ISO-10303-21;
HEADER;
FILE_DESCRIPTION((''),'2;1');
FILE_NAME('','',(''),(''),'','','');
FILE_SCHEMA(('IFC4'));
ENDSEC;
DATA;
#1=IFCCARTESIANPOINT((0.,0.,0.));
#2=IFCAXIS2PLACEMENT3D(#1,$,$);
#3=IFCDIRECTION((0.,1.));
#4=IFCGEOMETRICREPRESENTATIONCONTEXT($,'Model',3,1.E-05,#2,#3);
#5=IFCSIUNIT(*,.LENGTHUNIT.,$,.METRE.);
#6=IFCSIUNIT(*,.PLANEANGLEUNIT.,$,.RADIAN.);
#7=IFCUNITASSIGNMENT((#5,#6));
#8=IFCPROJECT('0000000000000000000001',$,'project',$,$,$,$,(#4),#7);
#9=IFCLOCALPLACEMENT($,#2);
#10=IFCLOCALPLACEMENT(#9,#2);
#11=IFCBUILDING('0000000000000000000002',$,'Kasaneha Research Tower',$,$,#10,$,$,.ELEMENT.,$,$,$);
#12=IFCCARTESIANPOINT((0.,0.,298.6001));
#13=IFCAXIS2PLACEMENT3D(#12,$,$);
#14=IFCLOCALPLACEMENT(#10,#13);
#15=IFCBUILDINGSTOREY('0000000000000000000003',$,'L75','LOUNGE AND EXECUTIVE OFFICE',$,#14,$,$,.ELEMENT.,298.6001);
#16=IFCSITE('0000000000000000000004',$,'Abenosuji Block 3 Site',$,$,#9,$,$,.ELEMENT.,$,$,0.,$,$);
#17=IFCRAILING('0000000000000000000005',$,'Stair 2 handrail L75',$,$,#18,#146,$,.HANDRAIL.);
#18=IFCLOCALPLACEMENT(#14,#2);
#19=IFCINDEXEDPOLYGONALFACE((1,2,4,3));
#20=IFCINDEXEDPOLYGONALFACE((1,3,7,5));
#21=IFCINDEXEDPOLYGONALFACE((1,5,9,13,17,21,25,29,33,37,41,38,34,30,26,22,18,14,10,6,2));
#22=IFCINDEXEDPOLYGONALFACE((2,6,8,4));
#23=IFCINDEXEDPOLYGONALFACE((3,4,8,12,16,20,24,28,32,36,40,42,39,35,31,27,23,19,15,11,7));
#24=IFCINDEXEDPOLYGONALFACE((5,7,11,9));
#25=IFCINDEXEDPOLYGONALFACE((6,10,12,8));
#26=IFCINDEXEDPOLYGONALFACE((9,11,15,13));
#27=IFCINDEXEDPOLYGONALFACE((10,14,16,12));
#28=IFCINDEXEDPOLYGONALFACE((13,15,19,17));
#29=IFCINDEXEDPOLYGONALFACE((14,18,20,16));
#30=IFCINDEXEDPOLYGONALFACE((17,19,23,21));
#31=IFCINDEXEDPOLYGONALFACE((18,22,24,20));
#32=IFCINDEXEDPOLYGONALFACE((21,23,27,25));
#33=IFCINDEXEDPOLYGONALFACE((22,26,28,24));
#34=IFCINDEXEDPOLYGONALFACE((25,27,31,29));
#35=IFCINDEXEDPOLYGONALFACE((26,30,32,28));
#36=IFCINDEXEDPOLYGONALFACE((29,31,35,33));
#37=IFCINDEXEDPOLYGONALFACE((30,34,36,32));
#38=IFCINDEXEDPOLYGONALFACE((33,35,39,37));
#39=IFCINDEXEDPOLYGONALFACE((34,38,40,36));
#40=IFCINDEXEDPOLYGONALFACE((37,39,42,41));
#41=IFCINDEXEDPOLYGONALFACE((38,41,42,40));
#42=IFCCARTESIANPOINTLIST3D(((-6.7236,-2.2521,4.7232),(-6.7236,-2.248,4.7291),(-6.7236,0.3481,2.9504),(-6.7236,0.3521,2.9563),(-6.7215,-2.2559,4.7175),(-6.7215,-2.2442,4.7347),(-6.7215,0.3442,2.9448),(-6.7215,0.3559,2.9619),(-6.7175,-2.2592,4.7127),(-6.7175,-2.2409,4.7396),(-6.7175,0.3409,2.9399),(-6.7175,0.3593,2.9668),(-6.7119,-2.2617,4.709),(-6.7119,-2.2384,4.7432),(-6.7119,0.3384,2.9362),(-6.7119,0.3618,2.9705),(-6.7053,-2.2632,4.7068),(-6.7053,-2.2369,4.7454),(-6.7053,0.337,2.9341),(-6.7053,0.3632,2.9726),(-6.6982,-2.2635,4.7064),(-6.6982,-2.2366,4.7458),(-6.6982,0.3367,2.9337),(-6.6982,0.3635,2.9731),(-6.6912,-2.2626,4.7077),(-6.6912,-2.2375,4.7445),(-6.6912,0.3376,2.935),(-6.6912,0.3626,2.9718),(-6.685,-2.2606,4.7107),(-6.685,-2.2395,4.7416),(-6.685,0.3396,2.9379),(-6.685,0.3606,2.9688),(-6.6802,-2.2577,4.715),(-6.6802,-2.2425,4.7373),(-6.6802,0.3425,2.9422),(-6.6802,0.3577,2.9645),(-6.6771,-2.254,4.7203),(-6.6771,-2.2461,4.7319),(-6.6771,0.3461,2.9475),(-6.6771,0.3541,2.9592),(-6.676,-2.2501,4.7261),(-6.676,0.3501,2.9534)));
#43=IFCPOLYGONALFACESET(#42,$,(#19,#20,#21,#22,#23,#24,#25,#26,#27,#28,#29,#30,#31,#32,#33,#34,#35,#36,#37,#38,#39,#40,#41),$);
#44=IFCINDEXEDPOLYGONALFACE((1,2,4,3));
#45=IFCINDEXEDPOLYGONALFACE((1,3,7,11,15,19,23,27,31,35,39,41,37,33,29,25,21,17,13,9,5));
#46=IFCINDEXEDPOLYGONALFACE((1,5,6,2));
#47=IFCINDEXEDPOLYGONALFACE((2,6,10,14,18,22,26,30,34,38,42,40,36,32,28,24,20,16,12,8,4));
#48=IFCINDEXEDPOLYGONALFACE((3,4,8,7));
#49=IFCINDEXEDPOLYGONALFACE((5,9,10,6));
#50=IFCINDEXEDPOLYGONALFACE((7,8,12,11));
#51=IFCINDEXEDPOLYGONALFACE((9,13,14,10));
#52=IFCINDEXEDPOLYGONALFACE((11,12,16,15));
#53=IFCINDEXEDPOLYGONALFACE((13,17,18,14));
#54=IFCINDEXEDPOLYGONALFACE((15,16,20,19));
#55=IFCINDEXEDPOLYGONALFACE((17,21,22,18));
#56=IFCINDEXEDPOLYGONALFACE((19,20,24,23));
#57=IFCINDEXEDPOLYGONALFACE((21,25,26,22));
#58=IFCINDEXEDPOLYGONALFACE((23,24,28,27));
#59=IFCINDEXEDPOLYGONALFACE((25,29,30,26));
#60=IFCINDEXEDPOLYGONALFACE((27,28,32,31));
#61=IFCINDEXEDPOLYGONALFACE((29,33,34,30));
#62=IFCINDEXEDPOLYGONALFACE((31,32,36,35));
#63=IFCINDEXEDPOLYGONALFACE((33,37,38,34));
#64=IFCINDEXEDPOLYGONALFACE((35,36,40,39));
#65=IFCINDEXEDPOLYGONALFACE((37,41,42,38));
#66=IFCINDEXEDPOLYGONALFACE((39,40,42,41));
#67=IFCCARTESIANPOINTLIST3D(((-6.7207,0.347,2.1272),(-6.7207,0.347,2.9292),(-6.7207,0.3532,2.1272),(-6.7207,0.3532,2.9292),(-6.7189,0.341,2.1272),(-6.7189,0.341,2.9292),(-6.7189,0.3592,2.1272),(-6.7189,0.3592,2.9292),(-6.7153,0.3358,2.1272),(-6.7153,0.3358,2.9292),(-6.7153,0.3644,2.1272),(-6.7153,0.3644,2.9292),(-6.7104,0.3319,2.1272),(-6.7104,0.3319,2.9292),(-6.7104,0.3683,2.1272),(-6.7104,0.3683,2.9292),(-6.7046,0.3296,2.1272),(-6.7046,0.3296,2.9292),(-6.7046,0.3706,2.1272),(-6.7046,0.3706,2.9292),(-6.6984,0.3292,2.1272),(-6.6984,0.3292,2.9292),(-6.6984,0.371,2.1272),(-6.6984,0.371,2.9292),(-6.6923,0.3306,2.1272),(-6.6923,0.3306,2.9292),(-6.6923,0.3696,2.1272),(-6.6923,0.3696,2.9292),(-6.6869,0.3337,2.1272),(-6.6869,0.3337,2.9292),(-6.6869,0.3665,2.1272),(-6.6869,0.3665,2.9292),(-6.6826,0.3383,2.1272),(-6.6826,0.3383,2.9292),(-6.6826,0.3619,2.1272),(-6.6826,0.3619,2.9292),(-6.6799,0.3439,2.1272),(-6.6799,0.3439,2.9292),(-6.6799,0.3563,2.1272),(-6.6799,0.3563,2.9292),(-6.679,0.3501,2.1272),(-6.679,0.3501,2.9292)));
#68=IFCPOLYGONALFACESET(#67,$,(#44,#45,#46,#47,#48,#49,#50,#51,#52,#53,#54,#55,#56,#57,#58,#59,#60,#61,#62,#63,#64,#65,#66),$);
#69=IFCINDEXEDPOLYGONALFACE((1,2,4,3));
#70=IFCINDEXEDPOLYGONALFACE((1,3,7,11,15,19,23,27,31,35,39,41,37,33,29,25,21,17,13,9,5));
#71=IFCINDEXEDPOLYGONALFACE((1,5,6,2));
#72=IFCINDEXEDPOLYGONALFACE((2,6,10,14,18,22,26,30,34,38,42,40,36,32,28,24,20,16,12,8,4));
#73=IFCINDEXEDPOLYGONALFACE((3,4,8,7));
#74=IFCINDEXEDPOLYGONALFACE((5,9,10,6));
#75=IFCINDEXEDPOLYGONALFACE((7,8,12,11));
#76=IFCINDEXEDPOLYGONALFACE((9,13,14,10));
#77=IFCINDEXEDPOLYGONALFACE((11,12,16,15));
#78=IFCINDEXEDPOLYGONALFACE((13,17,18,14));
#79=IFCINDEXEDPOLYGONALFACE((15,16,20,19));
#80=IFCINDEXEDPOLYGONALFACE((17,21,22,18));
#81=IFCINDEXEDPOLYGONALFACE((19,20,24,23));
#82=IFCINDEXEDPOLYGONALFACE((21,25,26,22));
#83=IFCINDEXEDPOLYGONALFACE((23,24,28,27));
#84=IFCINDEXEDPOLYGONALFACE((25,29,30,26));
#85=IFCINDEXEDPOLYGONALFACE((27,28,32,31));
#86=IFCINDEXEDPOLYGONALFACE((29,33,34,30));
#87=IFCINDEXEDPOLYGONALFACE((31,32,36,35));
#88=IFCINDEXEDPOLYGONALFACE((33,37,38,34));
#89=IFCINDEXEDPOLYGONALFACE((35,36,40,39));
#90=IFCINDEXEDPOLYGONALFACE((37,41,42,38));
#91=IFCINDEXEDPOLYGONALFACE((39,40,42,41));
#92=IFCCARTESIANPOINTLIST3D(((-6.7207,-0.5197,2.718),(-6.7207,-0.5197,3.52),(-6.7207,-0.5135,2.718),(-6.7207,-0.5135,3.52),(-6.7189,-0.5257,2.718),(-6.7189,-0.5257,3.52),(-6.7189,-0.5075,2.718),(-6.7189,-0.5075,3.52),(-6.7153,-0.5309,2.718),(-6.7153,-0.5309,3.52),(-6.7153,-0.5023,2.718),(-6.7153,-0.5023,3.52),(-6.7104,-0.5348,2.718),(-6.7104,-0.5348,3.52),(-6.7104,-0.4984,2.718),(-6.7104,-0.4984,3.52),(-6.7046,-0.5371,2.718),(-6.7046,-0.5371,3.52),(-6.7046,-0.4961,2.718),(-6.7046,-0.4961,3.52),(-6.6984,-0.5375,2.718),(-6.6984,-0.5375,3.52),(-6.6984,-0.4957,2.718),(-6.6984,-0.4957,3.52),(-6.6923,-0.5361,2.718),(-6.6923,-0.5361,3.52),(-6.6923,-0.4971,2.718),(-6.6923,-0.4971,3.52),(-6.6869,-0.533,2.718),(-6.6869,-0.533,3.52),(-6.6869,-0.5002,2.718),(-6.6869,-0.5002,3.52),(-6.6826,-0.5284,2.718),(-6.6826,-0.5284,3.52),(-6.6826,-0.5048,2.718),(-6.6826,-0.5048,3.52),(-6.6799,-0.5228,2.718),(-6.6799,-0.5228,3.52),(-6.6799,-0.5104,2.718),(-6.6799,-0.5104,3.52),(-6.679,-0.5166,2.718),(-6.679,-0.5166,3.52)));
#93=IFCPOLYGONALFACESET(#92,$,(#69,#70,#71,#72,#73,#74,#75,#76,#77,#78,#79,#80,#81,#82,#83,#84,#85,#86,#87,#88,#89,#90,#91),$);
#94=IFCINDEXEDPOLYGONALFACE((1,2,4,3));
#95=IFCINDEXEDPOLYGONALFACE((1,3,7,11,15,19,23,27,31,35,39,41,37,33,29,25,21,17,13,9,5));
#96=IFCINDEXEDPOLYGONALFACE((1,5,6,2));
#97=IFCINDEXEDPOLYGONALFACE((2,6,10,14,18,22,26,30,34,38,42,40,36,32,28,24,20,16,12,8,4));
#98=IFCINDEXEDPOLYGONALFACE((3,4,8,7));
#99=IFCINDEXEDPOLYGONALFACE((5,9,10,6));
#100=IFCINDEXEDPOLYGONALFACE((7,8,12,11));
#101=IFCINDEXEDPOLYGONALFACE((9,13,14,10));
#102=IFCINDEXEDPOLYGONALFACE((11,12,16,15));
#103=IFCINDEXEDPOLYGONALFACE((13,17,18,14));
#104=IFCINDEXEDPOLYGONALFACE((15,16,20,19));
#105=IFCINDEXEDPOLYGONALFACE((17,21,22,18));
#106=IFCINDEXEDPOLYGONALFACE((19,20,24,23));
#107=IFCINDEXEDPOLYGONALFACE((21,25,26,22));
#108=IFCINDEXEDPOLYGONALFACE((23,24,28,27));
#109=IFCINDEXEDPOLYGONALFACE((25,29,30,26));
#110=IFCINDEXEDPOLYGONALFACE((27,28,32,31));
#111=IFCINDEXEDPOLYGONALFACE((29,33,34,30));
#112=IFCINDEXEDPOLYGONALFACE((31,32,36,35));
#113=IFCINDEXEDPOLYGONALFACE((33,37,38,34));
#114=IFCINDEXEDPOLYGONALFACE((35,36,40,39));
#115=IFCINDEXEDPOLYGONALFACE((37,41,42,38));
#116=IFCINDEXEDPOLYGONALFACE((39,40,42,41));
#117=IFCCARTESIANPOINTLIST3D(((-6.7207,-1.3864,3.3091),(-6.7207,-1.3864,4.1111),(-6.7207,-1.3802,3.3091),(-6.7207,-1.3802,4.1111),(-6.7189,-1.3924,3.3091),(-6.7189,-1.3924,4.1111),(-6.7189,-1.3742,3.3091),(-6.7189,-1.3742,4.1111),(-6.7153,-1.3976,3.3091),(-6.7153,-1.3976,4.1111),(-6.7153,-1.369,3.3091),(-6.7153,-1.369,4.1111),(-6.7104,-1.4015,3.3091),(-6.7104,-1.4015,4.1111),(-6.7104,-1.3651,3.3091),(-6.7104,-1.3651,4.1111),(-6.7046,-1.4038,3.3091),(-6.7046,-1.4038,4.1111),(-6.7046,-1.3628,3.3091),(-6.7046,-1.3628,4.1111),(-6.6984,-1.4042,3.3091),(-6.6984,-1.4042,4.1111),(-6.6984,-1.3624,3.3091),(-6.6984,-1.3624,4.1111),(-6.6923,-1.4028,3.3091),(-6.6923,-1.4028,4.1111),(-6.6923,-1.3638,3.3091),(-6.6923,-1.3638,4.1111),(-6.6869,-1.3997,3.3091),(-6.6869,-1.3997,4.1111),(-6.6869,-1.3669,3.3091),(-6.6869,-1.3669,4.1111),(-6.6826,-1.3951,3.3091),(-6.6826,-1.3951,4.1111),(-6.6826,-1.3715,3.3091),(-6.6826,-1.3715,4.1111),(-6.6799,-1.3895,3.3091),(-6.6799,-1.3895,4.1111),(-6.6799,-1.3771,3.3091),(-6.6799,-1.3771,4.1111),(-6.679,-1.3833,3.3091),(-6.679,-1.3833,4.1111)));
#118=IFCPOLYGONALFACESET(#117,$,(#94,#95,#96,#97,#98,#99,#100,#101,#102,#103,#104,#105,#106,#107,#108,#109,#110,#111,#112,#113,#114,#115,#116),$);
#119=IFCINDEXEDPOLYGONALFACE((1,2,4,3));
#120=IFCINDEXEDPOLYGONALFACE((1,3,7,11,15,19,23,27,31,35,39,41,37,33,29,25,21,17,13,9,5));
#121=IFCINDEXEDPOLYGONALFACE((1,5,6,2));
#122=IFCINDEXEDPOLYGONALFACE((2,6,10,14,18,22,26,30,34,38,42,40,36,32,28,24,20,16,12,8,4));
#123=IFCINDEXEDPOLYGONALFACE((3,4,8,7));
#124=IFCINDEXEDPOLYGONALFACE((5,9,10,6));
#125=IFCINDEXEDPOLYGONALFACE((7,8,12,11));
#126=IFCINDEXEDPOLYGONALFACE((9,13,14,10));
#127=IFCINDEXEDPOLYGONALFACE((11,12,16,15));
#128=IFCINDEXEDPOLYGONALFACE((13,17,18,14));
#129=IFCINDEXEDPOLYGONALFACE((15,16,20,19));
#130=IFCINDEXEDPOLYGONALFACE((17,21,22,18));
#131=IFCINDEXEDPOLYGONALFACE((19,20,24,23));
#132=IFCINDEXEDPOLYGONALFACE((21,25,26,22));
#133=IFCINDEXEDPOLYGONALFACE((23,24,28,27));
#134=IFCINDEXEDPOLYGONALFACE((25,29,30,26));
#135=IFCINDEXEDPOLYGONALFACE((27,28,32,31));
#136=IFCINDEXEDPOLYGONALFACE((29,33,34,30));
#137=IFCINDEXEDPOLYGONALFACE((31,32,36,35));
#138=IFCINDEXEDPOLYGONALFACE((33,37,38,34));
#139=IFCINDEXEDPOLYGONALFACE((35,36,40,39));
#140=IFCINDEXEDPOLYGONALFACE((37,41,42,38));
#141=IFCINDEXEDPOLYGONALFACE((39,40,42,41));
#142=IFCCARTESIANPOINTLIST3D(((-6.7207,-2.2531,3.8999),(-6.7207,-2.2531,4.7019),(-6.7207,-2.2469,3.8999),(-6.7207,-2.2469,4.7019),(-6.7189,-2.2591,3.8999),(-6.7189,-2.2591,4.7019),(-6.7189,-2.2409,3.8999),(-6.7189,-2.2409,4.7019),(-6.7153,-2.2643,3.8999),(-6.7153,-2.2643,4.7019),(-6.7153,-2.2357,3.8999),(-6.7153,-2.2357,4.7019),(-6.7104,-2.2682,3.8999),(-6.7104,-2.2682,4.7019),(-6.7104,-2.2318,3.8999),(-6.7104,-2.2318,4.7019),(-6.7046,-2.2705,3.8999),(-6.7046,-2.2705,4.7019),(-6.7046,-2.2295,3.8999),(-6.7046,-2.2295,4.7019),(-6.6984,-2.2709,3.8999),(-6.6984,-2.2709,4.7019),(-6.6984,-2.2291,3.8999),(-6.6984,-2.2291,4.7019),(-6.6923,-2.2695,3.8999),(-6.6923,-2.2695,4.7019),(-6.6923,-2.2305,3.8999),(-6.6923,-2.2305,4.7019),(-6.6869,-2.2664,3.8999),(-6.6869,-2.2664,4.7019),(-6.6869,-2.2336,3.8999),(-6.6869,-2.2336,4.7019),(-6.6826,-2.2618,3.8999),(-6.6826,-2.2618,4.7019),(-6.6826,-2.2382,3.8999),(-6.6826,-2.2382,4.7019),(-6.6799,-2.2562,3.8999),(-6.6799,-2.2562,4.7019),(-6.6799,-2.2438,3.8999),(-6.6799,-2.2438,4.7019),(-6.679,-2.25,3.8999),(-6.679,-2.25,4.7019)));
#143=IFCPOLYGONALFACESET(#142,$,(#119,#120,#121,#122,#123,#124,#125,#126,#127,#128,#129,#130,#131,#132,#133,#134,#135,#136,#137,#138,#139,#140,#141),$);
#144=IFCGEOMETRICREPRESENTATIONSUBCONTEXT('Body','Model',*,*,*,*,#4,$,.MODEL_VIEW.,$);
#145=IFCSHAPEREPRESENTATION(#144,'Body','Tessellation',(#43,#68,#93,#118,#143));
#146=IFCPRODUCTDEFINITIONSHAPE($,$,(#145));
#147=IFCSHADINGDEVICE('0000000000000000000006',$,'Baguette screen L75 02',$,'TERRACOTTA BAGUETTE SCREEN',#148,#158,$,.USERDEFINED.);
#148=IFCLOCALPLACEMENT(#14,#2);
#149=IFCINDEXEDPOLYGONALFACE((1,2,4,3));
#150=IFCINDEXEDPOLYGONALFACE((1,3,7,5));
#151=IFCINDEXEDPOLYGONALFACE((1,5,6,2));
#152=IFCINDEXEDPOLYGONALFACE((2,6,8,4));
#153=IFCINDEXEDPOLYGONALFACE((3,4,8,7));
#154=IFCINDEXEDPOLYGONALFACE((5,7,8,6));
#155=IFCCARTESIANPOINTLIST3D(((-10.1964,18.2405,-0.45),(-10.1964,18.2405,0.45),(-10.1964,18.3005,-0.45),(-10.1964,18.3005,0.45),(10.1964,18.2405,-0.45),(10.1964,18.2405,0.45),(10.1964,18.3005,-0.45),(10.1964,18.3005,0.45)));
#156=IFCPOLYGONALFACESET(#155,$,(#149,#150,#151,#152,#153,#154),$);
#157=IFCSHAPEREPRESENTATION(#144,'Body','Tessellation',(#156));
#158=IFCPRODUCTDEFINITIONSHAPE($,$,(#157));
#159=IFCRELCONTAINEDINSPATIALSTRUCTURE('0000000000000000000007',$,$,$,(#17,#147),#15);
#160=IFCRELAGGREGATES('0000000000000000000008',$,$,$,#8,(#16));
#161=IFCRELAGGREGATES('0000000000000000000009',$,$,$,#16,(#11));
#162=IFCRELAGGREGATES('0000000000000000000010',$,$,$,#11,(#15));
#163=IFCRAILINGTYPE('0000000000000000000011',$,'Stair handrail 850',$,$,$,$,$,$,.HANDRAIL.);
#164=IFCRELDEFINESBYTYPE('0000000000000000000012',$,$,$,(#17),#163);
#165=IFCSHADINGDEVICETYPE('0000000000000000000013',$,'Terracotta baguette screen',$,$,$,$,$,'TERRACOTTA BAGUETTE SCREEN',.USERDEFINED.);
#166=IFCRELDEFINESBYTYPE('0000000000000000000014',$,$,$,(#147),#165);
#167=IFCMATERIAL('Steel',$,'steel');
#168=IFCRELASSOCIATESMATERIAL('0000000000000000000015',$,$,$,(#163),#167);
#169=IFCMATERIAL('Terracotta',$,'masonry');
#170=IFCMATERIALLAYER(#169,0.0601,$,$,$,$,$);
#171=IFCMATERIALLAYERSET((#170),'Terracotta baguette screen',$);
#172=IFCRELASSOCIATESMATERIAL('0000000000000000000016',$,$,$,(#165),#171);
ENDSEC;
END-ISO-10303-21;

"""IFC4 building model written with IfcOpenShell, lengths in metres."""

from ifc_helpers import new_model, si_unit, direction, frame, origin, origin_2d, place, context, subcontext, project, spatial, rectangle, circle, extrude, material, layer, layer_set, type_object, element, save


model = new_model("IFC4")

# Units and contexts
model_context = context("Model", 3, precision=1e-05, world=origin(), true_north=direction((0.0, 1.0)))
body_context = subcontext(model_context, "Body", "Model", "MODEL_VIEW")
ifc_project = project(units=[si_unit("LENGTHUNIT", "METRE"), si_unit("PLANEANGLEUNIT", "RADIAN")], contexts=[model_context])

# Site, building, storey
site_placement = place(None, origin())
site = spatial("IfcSite", under=ifc_project, at=site_placement, Name="Abenosuji Block 3 Site", CompositionType="ELEMENT", RefElevation=0.0)
building_placement = place(site_placement, origin())
building = spatial("IfcBuilding", under=site, at=building_placement, Name="Kasaneha Research Tower", CompositionType="ELEMENT")
storey_placement = place(building_placement, frame((0.0, 0.0, 298.6001)))
storey = spatial("IfcBuildingStorey", under=building, at=storey_placement, Name="L75", Description="LOUNGE AND EXECUTIVE OFFICE", CompositionType="ELEMENT", Elevation=298.6001)

# Railing
ifc_material_1 = material(Name="Steel", Category="steel")
railing_type = type_object("IfcRailingType", Name="Stair handrail 850", PredefinedType="HANDRAIL", material=ifc_material_1)
railing_placement = place(storey_placement, frame((-6.7, 0.3501, 2.1272)))
element("IfcRailing", 1, at=railing_placement, inside=storey, type_object=railing_type, Name="Stair 2 handrail L75", PredefinedType="HANDRAIL", context=body_context, shape_type="SweptSolid", body=[
    extrude(circle(Radius=0.0239, at=origin_2d()), frame((0.0, 0.0, 0.8262), z_axis=(0.0, -0.82624, 0.563318), x_axis=(1.0, 0.0, 0.0)), (0.0, 0.0, 1.0), 3.147),
    extrude(circle(Radius=0.021, at=origin_2d()), origin(), (0.0, 0.0, 1.0), 0.802),
    extrude(circle(Radius=0.021, at=origin_2d()), frame((0.0, -0.8667, 0.5908)), (0.0, 0.0, 1.0), 0.802),
    extrude(circle(Radius=0.021, at=origin_2d()), frame((0.0, -1.7334, 1.1819)), (0.0, 0.0, 1.0), 0.802),
    extrude(circle(Radius=0.021, at=origin_2d()), frame((0.0, -2.6001, 1.7727)), (0.0, 0.0, 1.0), 0.802),
])

# Shading device
ifc_material_2 = material(Name="Terracotta", Category="masonry")
ifc_layer_1 = layer(ifc_material_2, 0.0601)
ifc_layer_set_1 = layer_set([ifc_layer_1], Name="Terracotta baguette screen")
shading_device_type = type_object("IfcShadingDeviceType", Name="Terracotta baguette screen", ElementType="TERRACOTTA BAGUETTE SCREEN", PredefinedType="USERDEFINED", material=ifc_layer_set_1)
shading_device_placement = place(storey_placement, frame((0.0, 18.2705, -0.45), z_axis=(0.0, 0.0, 1.0), x_axis=(-1.0, 0.0, 0.0)))
element("IfcShadingDevice", 2, at=shading_device_placement, inside=storey, type_object=shading_device_type, Name="Baguette screen L75 02", ObjectType="TERRACOTTA BAGUETTE SCREEN", PredefinedType="USERDEFINED", context=body_context, shape_type="SweptSolid", body=[
    extrude(rectangle(XDim=20.3928, YDim=0.0601, at=origin_2d()), origin(), (0.0, 0.0, 1.0), 0.8999),
])

save(model, "model.ifc")
